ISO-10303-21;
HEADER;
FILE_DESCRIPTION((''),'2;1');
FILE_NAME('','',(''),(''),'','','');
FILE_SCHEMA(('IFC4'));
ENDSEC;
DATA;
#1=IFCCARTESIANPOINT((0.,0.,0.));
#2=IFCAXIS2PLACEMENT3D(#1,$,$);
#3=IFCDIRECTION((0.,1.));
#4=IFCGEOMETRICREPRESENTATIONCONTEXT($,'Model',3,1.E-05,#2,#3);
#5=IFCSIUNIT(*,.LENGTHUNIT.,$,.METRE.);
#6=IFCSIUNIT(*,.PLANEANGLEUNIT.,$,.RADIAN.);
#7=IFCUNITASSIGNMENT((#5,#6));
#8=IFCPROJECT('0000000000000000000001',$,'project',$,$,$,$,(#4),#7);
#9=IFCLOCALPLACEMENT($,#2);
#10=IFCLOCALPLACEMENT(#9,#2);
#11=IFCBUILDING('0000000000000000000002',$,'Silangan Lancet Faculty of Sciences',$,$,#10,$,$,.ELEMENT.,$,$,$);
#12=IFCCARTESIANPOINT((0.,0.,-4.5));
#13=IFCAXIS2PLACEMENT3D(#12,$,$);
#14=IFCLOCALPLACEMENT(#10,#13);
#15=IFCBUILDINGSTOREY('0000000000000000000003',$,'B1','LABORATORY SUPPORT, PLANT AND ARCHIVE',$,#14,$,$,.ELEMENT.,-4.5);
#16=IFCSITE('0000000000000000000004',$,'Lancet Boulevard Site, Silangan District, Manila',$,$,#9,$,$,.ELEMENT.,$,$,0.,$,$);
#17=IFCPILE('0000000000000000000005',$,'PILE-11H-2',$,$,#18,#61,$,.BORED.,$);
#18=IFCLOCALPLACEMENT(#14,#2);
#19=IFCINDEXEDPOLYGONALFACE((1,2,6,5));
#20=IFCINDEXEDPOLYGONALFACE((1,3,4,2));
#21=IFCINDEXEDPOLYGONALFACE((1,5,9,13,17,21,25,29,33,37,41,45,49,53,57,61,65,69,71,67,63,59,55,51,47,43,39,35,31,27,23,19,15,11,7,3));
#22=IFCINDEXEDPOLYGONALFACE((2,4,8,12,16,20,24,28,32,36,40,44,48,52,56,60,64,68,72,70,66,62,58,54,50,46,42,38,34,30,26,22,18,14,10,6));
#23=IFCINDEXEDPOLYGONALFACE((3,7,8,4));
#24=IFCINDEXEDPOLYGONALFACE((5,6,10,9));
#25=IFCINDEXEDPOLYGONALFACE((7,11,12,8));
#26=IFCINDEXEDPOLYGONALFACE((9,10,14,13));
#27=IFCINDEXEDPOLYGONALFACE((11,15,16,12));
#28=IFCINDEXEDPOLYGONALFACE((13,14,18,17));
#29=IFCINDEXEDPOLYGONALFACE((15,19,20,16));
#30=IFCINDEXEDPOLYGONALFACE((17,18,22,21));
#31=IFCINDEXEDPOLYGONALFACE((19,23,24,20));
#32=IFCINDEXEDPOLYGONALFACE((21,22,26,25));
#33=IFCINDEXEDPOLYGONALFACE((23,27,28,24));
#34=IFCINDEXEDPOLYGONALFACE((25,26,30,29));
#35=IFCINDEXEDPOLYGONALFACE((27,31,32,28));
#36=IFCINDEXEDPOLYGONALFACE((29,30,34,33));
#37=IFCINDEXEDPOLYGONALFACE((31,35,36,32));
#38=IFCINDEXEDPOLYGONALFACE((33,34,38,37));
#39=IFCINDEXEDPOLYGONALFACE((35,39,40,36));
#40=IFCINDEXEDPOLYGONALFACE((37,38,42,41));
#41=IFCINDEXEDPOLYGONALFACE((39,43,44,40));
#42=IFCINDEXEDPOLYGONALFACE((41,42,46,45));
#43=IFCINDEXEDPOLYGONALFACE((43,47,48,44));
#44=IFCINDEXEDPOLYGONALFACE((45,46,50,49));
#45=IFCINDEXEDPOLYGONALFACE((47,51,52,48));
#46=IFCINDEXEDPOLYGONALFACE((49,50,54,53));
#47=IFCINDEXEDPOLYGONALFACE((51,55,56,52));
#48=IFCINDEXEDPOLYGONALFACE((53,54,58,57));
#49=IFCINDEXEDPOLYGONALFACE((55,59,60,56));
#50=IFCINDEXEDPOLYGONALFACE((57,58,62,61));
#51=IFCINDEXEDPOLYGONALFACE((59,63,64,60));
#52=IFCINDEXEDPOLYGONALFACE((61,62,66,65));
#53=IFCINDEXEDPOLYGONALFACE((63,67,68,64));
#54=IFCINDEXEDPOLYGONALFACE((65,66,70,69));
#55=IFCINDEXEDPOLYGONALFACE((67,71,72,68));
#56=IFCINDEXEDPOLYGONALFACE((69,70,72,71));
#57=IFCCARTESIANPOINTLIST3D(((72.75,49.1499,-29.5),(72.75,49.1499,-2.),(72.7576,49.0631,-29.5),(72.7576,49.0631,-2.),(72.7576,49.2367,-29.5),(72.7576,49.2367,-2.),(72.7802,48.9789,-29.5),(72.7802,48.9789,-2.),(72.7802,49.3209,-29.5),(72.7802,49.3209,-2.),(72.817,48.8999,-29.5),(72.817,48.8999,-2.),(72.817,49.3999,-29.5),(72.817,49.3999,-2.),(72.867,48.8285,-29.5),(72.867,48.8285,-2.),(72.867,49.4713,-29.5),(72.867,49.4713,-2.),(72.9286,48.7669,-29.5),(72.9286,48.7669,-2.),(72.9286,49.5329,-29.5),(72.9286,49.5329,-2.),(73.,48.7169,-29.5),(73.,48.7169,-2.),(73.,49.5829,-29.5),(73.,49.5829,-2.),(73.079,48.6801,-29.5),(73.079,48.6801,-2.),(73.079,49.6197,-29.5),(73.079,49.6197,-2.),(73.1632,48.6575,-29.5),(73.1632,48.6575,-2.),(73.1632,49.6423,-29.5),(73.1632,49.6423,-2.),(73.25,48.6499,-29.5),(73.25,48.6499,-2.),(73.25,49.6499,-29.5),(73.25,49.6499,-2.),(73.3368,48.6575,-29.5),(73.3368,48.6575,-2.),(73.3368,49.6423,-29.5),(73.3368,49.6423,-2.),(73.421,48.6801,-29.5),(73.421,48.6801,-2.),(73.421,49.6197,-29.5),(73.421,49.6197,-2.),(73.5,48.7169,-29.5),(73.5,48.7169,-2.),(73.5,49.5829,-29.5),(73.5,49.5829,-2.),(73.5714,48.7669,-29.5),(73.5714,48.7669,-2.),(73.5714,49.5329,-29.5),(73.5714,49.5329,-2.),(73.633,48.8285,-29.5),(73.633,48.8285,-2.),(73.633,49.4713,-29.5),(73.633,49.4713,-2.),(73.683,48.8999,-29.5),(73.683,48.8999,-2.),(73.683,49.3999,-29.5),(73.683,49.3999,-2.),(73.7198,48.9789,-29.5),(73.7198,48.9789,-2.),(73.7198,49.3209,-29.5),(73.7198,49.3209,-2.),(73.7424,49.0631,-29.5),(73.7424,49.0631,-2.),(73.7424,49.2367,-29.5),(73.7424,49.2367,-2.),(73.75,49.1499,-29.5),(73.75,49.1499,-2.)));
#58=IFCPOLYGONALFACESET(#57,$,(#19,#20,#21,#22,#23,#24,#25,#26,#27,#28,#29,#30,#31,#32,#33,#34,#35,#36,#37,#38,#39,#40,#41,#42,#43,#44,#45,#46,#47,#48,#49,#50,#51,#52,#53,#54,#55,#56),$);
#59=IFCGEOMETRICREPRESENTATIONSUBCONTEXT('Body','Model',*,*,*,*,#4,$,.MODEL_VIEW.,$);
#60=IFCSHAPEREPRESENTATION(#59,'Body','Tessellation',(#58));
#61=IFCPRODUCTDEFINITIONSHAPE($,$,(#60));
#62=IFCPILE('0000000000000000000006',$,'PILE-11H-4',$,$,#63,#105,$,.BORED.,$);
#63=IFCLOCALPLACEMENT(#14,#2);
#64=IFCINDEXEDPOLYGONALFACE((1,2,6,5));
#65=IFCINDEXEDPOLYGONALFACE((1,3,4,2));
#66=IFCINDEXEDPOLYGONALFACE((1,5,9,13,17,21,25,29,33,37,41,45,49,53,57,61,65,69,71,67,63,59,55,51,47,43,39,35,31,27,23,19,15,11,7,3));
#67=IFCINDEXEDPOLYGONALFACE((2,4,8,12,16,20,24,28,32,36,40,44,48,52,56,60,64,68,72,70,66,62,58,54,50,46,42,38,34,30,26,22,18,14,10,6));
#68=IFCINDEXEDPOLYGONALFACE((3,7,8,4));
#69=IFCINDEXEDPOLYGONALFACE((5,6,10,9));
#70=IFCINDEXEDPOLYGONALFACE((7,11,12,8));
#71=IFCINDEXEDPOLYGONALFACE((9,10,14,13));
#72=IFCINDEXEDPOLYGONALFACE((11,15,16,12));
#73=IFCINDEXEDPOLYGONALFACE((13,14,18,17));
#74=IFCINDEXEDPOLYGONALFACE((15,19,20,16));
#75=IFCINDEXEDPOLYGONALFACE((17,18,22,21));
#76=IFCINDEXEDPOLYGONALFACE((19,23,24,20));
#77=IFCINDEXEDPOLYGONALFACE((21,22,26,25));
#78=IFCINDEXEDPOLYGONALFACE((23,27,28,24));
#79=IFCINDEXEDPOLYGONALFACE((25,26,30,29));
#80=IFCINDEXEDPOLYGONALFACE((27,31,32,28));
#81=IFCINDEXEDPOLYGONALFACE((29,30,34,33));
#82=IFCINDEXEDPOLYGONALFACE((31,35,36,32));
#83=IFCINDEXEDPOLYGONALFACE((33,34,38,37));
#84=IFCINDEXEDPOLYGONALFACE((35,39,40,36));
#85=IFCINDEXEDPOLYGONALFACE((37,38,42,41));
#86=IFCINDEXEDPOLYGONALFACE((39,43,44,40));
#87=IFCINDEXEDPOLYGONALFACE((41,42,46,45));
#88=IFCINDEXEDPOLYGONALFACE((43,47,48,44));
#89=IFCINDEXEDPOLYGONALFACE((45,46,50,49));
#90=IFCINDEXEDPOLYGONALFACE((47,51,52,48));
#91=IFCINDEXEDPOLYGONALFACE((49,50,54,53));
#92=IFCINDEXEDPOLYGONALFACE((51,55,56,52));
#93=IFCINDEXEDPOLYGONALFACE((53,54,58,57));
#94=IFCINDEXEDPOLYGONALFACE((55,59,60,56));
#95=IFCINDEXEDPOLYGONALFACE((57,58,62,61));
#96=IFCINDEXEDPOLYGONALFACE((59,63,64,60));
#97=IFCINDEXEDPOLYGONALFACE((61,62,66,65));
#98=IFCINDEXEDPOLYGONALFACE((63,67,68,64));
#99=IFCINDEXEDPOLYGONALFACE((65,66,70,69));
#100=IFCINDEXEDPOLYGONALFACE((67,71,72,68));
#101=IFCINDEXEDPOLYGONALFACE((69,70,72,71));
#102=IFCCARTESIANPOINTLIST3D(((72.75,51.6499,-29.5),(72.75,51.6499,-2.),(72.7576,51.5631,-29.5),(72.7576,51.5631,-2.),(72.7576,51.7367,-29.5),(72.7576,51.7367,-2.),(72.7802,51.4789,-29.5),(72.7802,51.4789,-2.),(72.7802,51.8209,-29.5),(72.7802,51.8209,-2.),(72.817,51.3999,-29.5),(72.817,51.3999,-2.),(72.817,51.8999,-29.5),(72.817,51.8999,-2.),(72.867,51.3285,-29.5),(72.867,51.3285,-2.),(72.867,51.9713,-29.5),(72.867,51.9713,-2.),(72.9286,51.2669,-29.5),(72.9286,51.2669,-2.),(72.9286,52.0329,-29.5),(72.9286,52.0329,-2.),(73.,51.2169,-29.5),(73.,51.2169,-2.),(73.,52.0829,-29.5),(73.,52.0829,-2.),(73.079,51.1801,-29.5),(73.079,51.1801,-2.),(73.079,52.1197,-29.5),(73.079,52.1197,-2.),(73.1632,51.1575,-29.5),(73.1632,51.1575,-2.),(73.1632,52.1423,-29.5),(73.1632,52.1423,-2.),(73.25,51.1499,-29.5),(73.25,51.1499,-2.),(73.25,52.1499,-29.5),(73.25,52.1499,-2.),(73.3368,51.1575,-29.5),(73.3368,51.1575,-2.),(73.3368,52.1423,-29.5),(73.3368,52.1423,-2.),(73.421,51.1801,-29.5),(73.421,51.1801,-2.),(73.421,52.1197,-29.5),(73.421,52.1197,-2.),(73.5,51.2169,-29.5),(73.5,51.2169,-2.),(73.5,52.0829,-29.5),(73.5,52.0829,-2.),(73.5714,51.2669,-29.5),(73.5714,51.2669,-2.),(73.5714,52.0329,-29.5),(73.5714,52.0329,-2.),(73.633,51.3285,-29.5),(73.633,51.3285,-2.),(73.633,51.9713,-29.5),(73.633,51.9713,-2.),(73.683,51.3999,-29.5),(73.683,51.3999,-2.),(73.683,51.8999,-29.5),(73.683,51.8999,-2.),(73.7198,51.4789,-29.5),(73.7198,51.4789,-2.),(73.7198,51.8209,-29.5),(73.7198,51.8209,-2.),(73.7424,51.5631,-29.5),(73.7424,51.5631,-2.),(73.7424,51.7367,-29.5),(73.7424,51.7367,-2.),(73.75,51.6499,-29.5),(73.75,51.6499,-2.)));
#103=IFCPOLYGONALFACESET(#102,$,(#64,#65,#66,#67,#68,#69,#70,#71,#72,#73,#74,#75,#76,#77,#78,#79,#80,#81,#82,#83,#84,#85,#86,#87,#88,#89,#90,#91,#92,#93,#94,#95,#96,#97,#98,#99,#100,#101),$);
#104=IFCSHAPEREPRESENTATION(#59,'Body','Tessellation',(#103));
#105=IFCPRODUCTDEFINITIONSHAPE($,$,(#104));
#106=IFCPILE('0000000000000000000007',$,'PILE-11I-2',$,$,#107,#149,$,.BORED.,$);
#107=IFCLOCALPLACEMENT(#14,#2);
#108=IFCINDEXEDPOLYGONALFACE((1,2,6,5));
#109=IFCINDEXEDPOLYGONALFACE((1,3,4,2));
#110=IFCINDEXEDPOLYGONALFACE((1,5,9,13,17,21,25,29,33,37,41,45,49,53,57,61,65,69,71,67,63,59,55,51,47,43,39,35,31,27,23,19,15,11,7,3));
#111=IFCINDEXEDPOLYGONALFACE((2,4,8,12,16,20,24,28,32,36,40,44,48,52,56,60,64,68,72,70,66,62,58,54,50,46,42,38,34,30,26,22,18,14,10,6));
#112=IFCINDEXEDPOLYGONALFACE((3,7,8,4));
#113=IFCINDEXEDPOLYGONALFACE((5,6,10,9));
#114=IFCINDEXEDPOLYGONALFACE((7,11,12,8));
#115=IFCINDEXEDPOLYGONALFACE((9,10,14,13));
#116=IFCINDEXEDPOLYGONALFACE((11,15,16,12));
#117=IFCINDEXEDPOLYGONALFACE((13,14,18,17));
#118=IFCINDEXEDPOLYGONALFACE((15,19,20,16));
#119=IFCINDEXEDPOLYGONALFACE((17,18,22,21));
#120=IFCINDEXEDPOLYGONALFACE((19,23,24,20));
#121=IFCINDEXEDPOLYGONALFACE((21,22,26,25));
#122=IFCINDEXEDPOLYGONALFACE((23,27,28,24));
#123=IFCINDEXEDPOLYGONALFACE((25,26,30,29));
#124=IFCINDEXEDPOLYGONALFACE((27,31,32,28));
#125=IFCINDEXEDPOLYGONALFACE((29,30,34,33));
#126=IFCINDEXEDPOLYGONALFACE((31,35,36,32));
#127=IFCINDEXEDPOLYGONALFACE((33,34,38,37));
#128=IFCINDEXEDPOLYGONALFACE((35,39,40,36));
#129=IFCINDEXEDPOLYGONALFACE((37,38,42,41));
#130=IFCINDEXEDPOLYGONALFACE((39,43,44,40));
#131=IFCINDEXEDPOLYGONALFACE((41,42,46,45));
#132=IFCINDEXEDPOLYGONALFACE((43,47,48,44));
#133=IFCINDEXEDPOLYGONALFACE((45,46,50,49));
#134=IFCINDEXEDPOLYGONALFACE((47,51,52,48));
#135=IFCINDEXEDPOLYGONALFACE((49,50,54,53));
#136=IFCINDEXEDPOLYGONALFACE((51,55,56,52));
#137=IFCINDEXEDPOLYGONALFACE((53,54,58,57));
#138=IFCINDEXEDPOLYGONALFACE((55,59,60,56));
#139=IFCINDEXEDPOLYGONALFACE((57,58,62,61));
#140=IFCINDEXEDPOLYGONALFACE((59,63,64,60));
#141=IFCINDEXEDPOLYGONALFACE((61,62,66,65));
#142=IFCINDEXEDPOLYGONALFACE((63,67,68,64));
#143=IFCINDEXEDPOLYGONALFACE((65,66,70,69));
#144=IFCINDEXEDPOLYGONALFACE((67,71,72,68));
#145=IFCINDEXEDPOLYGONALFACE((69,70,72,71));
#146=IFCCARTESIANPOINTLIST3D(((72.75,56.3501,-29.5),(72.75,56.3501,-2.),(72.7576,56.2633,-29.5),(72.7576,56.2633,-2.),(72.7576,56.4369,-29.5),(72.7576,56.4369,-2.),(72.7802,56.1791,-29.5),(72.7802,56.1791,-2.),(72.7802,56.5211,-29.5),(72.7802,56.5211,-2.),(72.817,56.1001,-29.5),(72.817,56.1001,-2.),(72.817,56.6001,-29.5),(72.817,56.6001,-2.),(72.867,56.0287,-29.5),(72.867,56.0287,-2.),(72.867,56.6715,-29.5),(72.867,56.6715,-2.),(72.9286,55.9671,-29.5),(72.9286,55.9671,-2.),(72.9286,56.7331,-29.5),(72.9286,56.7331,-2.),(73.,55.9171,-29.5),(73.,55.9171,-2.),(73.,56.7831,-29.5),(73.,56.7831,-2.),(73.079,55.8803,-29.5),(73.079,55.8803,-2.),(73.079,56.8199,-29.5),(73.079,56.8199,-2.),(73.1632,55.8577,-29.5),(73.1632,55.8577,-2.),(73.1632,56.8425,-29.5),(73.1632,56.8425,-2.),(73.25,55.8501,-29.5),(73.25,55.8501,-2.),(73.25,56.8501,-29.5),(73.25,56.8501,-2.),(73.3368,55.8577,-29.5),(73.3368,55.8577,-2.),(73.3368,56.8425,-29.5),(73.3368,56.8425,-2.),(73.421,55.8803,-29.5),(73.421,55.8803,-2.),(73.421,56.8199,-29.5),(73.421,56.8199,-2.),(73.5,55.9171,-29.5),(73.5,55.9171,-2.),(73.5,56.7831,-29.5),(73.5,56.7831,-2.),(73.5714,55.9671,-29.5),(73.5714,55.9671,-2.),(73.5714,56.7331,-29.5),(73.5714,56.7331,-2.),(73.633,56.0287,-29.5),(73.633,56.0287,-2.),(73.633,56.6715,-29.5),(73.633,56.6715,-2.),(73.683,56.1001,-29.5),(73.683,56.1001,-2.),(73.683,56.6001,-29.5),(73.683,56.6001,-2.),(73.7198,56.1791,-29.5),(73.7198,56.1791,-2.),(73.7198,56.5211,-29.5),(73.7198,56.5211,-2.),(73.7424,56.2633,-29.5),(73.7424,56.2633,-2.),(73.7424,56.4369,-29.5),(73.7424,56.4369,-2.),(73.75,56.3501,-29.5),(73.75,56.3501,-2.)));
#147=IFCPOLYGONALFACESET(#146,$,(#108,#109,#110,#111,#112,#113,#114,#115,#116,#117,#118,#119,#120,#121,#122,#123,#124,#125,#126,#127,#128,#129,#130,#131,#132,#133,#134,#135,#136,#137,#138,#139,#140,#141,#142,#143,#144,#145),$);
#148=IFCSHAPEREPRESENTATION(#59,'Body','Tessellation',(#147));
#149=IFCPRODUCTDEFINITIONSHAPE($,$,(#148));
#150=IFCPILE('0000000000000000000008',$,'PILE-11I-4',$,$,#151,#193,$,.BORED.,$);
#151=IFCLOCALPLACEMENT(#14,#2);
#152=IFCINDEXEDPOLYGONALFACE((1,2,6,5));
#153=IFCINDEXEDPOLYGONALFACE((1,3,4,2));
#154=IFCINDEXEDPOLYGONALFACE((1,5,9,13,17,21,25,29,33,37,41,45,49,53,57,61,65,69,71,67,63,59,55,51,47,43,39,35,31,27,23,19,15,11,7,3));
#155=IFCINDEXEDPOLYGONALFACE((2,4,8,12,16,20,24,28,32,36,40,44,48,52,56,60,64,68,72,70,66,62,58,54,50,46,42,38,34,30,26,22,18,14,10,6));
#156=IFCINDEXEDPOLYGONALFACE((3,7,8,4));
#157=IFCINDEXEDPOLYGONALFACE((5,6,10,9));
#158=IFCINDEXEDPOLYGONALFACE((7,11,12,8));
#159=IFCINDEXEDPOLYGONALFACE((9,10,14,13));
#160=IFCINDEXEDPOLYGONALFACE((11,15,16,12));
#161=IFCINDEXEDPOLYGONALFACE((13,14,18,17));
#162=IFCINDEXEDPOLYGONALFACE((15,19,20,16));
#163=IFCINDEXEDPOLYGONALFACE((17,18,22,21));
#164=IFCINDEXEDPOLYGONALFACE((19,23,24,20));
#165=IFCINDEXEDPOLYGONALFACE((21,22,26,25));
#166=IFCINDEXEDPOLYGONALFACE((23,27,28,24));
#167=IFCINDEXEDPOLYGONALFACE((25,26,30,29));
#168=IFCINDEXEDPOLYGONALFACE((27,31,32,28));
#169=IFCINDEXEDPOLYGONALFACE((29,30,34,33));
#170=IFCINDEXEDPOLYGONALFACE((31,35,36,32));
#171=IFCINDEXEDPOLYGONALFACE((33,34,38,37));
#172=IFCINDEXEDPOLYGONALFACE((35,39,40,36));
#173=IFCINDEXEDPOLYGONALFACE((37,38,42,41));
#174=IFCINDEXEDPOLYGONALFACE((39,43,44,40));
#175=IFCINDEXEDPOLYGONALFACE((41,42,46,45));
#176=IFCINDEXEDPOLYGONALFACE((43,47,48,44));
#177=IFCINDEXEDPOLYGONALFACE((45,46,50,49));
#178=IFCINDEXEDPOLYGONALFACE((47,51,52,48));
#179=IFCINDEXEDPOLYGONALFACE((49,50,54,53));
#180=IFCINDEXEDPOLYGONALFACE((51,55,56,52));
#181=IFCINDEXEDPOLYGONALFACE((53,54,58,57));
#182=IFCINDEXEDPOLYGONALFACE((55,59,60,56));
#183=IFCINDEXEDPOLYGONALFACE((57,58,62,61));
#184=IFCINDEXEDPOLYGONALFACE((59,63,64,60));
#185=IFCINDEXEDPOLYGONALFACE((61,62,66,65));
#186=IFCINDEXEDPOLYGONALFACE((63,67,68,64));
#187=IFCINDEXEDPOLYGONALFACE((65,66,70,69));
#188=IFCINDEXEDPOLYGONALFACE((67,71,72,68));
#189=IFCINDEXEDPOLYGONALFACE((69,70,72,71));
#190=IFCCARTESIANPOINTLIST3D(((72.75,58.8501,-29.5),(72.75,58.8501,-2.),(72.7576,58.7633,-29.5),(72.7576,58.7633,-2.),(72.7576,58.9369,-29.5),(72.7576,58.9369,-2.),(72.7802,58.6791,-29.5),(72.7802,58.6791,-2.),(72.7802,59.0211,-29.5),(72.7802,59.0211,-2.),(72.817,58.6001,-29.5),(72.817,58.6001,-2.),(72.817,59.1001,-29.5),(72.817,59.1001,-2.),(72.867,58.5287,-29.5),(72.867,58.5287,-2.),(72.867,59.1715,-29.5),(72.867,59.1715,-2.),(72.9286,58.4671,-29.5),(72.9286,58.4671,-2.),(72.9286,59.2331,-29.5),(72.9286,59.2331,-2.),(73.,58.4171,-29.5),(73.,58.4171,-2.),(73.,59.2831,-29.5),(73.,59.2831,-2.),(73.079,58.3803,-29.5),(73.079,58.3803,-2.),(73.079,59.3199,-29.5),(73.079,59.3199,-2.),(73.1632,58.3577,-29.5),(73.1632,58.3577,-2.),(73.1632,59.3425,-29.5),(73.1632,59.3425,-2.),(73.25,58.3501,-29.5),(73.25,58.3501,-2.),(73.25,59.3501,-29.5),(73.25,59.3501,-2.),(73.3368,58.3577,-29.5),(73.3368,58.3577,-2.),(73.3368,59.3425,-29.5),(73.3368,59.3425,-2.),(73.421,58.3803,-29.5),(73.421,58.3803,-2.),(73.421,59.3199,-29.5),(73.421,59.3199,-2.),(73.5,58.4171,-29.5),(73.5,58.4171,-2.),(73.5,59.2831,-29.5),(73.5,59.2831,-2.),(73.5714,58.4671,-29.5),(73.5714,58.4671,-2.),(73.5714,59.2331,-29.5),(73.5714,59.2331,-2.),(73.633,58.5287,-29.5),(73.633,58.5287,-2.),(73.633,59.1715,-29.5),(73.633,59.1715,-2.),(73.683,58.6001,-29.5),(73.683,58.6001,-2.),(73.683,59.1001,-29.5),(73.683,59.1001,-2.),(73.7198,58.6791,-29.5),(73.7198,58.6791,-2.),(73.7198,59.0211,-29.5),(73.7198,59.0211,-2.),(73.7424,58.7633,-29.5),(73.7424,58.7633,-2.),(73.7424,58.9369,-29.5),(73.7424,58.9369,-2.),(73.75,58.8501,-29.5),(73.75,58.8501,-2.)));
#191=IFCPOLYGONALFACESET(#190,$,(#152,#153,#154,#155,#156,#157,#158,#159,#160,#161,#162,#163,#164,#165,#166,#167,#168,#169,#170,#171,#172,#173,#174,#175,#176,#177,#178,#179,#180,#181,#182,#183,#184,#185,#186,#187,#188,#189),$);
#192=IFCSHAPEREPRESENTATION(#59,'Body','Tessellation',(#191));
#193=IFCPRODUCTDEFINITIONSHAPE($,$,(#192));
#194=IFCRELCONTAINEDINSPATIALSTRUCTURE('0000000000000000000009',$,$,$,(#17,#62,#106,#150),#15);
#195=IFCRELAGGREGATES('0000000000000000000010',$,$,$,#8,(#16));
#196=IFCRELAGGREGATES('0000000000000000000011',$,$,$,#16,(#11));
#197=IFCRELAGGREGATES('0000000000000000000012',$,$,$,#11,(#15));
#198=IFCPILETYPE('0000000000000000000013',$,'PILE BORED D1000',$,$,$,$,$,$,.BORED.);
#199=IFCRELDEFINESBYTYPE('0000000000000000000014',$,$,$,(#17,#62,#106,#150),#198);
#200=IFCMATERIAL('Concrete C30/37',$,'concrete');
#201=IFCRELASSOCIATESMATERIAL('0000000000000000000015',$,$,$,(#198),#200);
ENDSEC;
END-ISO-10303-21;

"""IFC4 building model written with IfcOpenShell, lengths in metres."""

from ifc_helpers import new_model, si_unit, direction, frame, origin, origin_2d, place, context, subcontext, project, spatial, circle, extrude, material, material_profile, profile_set, type_object, element, save


model = new_model("IFC4")

# Units and contexts
model_context = context("Model", 3, precision=1e-05, world=origin(), true_north=direction((0.0, 1.0)))
body_context = subcontext(model_context, "Body", "Model", "MODEL_VIEW")
ifc_project = project(units=[si_unit("LENGTHUNIT", "METRE"), si_unit("PLANEANGLEUNIT", "RADIAN")], contexts=[model_context])

# Site, building, storey
site_placement = place(None, origin())
site = spatial("IfcSite", under=ifc_project, at=site_placement, Name="Lancet Boulevard Site, Silangan District, Manila", CompositionType="ELEMENT", RefElevation=0.0)
building_placement = place(site_placement, origin())
building = spatial("IfcBuilding", under=site, at=building_placement, Name="Silangan Lancet Faculty of Sciences", CompositionType="ELEMENT")
storey_placement = place(building_placement, frame((0.0, 0.0, -4.5)))
storey = spatial("IfcBuildingStorey", under=building, at=storey_placement, Name="B1", Description="LABORATORY SUPPORT, PLANT AND ARCHIVE", CompositionType="ELEMENT", Elevation=-4.5)

# Piles
ifc_material_1 = material(Name="Concrete C30/37", Category="concrete")
ifc_material_profile_1 = material_profile(ifc_material_1, circle(Radius=0.5, at=origin_2d()), Name="BORED PILE D1000")
ifc_profile_set_1 = profile_set([ifc_material_profile_1], Name="Concrete C30/37")
pile_type = type_object("IfcPileType", Name="PILE BORED D1000", PredefinedType="BORED", material=ifc_profile_set_1)
for number, where, z_axis, x_axis, name in (
    (1, (73.25, 49.1499, -2.0), (0.0, 0.0, -1.0), (1.0, 0.0, 0.0), "PILE-11H-2"),
    (2, (73.25, 51.6499, -2.0), (0.0, 0.0, -1.0), (1.0, 0.0, 0.0), "PILE-11H-4"),
    (3, (73.25, 56.3501, -2.0), (0.0, 0.0, -1.0), (1.0, 0.0, 0.0), "PILE-11I-2"),
    (4, (73.25, 58.8501, -2.0), (0.0, 0.0, -1.0), (1.0, 0.0, 0.0), "PILE-11I-4"),
):
    element("IfcPile", number, at=place(storey_placement, frame(where, z_axis=z_axis, x_axis=x_axis)), inside=storey, type_object=pile_type, Name=name, PredefinedType="BORED", context=body_context, shape_type="SweptSolid", body=[
        extrude(circle(Radius=0.5, at=origin_2d()), origin(), (0.0, 0.0, 1.0), 27.5),
    ])

save(model, "model.ifc")
